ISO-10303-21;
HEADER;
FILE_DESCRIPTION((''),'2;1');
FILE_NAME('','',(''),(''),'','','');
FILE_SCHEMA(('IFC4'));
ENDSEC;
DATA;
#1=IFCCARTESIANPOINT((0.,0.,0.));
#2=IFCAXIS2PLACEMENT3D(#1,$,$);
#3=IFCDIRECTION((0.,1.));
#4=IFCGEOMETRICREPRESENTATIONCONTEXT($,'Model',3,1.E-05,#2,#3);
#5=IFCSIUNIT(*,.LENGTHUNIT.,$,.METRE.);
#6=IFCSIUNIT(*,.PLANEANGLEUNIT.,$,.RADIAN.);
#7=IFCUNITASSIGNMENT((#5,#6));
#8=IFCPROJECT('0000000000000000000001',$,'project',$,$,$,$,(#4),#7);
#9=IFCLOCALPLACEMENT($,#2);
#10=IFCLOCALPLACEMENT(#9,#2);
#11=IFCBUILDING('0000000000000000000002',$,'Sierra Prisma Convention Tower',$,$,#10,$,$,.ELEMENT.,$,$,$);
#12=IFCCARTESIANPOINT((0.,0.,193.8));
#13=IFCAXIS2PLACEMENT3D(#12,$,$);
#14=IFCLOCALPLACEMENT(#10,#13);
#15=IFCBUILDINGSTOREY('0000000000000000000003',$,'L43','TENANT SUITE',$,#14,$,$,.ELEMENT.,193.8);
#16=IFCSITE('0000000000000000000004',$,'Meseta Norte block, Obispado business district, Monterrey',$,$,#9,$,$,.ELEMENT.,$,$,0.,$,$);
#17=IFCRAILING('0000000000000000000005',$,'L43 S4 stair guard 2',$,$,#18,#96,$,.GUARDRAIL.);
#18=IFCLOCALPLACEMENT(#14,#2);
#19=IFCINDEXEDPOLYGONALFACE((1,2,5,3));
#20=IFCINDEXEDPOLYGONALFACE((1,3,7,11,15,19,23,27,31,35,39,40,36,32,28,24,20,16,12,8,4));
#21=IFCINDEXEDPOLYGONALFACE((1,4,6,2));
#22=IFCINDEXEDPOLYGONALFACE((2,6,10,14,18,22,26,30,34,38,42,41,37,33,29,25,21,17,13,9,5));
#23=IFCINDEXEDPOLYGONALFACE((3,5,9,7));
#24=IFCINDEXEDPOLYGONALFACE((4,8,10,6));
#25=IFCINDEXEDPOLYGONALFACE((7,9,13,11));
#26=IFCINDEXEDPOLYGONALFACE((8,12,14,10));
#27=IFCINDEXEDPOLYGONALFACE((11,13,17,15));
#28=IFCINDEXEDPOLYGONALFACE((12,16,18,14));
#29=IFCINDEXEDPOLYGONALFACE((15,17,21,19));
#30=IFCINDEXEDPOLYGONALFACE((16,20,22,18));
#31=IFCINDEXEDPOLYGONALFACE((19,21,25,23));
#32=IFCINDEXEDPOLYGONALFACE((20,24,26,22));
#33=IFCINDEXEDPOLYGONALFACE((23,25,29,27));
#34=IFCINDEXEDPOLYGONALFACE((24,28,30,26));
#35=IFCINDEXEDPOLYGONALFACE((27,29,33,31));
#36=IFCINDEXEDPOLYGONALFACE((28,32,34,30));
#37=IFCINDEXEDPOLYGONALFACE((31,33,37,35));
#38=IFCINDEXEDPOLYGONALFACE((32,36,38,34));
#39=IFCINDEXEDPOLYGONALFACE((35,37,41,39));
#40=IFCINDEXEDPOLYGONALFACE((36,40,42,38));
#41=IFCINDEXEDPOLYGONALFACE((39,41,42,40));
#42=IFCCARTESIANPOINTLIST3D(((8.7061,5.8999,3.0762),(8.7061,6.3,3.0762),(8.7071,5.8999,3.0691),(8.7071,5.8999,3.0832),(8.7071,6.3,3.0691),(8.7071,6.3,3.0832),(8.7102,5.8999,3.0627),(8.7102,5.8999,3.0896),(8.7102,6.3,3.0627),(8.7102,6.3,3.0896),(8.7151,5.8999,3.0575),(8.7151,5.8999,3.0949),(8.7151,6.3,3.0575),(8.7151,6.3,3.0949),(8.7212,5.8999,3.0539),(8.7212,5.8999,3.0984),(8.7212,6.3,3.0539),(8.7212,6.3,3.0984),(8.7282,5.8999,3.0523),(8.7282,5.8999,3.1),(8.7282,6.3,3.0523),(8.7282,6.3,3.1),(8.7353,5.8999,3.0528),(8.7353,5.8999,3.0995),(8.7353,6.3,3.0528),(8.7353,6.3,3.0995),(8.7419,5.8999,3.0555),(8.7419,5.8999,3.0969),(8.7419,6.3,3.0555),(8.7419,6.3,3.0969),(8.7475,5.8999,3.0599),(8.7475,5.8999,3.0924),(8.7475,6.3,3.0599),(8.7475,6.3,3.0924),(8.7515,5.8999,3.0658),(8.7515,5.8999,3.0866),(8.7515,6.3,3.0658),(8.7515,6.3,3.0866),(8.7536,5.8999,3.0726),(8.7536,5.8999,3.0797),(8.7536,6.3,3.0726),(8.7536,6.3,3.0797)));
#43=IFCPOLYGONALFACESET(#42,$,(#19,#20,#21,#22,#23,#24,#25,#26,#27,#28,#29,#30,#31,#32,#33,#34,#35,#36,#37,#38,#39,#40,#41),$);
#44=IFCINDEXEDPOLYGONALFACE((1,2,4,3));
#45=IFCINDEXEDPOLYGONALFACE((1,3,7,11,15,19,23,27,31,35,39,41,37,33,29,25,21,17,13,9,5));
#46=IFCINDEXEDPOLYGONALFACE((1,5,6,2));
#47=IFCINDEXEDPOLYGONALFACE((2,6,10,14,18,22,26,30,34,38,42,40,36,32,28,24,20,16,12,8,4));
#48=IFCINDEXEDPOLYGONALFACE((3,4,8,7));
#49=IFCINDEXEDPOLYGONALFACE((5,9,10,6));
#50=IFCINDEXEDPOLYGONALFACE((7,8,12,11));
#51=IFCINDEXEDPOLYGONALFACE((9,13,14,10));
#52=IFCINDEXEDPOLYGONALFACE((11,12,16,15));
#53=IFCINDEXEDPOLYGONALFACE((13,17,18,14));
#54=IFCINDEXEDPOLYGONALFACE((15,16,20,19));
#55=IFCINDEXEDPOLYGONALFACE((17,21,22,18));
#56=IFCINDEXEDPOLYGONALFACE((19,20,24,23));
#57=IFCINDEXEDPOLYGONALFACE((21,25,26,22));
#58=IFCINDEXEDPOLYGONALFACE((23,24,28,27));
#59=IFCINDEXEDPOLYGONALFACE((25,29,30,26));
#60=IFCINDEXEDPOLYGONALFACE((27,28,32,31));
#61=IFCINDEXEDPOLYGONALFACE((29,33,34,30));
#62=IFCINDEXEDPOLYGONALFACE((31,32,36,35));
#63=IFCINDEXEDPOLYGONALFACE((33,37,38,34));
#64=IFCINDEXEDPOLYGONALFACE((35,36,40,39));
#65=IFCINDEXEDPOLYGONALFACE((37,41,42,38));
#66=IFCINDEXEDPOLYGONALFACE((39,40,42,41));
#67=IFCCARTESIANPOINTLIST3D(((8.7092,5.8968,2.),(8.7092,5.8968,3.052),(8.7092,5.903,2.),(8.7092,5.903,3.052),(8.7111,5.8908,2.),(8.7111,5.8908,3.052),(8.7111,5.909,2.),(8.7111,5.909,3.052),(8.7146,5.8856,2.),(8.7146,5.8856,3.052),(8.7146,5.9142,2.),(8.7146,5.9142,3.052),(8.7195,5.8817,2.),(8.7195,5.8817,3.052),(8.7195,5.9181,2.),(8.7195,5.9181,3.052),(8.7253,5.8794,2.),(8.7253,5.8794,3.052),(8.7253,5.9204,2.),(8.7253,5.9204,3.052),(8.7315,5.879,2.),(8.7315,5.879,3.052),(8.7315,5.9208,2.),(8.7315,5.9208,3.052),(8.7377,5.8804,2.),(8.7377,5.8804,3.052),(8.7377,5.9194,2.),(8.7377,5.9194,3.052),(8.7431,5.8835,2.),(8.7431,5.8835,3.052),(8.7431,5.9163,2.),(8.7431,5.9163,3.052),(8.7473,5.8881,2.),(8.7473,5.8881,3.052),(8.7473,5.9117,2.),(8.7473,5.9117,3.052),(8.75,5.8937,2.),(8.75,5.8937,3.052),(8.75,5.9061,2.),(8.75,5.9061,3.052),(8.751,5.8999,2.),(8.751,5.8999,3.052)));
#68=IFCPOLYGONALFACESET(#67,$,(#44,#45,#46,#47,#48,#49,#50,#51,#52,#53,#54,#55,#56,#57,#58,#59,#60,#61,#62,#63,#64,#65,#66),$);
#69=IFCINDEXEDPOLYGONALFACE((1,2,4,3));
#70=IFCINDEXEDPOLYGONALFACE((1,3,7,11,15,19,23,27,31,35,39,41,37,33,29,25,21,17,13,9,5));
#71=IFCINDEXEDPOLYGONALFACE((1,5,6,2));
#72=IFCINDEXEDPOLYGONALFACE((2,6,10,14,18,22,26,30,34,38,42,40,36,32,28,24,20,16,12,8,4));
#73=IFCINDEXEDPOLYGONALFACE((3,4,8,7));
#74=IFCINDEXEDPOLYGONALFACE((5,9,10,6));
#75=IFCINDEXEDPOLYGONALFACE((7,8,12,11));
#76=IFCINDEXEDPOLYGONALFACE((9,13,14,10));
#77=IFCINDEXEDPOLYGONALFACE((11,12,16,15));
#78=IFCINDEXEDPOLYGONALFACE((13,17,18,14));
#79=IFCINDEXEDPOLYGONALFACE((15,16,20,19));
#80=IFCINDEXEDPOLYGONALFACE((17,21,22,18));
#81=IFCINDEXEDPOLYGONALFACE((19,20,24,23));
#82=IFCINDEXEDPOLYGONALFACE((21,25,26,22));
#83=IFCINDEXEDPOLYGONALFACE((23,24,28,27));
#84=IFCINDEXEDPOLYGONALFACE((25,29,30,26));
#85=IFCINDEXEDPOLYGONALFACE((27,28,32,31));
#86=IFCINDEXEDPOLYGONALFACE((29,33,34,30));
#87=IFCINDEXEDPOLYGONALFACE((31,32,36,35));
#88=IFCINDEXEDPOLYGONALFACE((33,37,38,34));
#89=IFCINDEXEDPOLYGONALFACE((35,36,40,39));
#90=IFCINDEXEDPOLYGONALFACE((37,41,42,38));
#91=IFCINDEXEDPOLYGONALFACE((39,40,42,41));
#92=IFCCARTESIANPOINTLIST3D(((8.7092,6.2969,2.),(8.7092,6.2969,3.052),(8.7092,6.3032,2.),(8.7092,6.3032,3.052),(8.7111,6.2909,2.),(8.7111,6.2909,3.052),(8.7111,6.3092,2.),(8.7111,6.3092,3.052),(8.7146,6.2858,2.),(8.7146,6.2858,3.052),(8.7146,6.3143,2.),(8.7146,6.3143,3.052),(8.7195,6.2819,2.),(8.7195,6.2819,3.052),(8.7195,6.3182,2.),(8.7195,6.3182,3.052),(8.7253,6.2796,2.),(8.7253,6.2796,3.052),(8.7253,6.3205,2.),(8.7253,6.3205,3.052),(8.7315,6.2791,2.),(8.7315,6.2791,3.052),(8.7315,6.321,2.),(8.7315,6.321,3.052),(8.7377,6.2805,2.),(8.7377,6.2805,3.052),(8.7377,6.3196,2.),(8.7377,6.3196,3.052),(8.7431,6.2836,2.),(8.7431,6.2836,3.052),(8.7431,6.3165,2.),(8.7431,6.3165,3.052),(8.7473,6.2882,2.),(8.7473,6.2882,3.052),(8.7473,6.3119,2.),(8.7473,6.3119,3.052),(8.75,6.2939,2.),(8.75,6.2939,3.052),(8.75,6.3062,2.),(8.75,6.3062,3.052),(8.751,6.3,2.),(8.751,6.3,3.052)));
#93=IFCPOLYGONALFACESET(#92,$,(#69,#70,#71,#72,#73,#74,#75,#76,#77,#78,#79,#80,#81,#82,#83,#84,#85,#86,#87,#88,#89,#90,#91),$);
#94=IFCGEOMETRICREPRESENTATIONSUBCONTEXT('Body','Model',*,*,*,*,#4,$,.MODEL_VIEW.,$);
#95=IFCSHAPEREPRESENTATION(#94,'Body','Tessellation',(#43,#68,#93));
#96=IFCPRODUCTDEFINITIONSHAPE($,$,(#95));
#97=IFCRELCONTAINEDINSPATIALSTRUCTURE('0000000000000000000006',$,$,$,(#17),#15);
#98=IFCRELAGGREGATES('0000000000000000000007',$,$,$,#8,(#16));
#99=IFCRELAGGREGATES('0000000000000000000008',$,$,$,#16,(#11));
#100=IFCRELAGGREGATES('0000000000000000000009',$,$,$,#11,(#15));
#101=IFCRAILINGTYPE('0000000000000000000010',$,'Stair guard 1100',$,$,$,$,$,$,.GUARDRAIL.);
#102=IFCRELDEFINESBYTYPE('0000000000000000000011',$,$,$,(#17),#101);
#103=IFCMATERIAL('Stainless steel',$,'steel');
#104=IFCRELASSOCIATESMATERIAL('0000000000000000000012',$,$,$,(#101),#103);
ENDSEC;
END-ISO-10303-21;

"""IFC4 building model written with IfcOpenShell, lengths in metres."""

from ifc_helpers import new_model, si_unit, direction, frame, origin, origin_2d, place, context, subcontext, project, spatial, circle, extrude, material, type_object, element, save


model = new_model("IFC4")

# Units and contexts
model_context = context("Model", 3, precision=1e-05, world=origin(), true_north=direction((0.0, 1.0)))
body_context = subcontext(model_context, "Body", "Model", "MODEL_VIEW")
ifc_project = project(units=[si_unit("LENGTHUNIT", "METRE"), si_unit("PLANEANGLEUNIT", "RADIAN")], contexts=[model_context])

# Site, building, storey
site_placement = place(None, origin())
site = spatial("IfcSite", under=ifc_project, at=site_placement, Name="Meseta Norte block, Obispado business district, Monterrey", CompositionType="ELEMENT", RefElevation=0.0)
building_placement = place(site_placement, origin())
building = spatial("IfcBuilding", under=site, at=building_placement, Name="Sierra Prisma Convention Tower", CompositionType="ELEMENT")
storey_placement = place(building_placement, frame((0.0, 0.0, 193.8)))
storey = spatial("IfcBuildingStorey", under=building, at=storey_placement, Name="L43", Description="TENANT SUITE", CompositionType="ELEMENT", Elevation=193.8)

# Railing
ifc_material_1 = material(Name="Stainless steel", Category="steel")
railing_type_1 = type_object("IfcRailingType", Name="Stair guard 1100", PredefinedType="GUARDRAIL", material=ifc_material_1)
railing_1_placement = place(storey_placement, frame((8.73, 5.8999, 2.0)))
element("IfcRailing", 1, at=railing_1_placement, inside=storey, type_object=railing_type_1, Name="L43 S4 stair guard 2", PredefinedType="GUARDRAIL", context=body_context, shape_type="SweptSolid", body=[
    extrude(circle(Radius=0.0239, at=origin_2d()), frame((0.0, 0.0, 1.0762), z_axis=(0.0, 1.0, 0.0), x_axis=(-1.0, 0.0, 0.0)), (0.0, 0.0, 1.0), 0.4001),
    extrude(circle(Radius=0.021, at=origin_2d()), origin(), (0.0, 0.0, 1.0), 1.052),
    extrude(circle(Radius=0.021, at=origin_2d()), frame((0.0, 0.4001, 0.0)), (0.0, 0.0, 1.0), 1.052),
])

save(model, "model.ifc")
